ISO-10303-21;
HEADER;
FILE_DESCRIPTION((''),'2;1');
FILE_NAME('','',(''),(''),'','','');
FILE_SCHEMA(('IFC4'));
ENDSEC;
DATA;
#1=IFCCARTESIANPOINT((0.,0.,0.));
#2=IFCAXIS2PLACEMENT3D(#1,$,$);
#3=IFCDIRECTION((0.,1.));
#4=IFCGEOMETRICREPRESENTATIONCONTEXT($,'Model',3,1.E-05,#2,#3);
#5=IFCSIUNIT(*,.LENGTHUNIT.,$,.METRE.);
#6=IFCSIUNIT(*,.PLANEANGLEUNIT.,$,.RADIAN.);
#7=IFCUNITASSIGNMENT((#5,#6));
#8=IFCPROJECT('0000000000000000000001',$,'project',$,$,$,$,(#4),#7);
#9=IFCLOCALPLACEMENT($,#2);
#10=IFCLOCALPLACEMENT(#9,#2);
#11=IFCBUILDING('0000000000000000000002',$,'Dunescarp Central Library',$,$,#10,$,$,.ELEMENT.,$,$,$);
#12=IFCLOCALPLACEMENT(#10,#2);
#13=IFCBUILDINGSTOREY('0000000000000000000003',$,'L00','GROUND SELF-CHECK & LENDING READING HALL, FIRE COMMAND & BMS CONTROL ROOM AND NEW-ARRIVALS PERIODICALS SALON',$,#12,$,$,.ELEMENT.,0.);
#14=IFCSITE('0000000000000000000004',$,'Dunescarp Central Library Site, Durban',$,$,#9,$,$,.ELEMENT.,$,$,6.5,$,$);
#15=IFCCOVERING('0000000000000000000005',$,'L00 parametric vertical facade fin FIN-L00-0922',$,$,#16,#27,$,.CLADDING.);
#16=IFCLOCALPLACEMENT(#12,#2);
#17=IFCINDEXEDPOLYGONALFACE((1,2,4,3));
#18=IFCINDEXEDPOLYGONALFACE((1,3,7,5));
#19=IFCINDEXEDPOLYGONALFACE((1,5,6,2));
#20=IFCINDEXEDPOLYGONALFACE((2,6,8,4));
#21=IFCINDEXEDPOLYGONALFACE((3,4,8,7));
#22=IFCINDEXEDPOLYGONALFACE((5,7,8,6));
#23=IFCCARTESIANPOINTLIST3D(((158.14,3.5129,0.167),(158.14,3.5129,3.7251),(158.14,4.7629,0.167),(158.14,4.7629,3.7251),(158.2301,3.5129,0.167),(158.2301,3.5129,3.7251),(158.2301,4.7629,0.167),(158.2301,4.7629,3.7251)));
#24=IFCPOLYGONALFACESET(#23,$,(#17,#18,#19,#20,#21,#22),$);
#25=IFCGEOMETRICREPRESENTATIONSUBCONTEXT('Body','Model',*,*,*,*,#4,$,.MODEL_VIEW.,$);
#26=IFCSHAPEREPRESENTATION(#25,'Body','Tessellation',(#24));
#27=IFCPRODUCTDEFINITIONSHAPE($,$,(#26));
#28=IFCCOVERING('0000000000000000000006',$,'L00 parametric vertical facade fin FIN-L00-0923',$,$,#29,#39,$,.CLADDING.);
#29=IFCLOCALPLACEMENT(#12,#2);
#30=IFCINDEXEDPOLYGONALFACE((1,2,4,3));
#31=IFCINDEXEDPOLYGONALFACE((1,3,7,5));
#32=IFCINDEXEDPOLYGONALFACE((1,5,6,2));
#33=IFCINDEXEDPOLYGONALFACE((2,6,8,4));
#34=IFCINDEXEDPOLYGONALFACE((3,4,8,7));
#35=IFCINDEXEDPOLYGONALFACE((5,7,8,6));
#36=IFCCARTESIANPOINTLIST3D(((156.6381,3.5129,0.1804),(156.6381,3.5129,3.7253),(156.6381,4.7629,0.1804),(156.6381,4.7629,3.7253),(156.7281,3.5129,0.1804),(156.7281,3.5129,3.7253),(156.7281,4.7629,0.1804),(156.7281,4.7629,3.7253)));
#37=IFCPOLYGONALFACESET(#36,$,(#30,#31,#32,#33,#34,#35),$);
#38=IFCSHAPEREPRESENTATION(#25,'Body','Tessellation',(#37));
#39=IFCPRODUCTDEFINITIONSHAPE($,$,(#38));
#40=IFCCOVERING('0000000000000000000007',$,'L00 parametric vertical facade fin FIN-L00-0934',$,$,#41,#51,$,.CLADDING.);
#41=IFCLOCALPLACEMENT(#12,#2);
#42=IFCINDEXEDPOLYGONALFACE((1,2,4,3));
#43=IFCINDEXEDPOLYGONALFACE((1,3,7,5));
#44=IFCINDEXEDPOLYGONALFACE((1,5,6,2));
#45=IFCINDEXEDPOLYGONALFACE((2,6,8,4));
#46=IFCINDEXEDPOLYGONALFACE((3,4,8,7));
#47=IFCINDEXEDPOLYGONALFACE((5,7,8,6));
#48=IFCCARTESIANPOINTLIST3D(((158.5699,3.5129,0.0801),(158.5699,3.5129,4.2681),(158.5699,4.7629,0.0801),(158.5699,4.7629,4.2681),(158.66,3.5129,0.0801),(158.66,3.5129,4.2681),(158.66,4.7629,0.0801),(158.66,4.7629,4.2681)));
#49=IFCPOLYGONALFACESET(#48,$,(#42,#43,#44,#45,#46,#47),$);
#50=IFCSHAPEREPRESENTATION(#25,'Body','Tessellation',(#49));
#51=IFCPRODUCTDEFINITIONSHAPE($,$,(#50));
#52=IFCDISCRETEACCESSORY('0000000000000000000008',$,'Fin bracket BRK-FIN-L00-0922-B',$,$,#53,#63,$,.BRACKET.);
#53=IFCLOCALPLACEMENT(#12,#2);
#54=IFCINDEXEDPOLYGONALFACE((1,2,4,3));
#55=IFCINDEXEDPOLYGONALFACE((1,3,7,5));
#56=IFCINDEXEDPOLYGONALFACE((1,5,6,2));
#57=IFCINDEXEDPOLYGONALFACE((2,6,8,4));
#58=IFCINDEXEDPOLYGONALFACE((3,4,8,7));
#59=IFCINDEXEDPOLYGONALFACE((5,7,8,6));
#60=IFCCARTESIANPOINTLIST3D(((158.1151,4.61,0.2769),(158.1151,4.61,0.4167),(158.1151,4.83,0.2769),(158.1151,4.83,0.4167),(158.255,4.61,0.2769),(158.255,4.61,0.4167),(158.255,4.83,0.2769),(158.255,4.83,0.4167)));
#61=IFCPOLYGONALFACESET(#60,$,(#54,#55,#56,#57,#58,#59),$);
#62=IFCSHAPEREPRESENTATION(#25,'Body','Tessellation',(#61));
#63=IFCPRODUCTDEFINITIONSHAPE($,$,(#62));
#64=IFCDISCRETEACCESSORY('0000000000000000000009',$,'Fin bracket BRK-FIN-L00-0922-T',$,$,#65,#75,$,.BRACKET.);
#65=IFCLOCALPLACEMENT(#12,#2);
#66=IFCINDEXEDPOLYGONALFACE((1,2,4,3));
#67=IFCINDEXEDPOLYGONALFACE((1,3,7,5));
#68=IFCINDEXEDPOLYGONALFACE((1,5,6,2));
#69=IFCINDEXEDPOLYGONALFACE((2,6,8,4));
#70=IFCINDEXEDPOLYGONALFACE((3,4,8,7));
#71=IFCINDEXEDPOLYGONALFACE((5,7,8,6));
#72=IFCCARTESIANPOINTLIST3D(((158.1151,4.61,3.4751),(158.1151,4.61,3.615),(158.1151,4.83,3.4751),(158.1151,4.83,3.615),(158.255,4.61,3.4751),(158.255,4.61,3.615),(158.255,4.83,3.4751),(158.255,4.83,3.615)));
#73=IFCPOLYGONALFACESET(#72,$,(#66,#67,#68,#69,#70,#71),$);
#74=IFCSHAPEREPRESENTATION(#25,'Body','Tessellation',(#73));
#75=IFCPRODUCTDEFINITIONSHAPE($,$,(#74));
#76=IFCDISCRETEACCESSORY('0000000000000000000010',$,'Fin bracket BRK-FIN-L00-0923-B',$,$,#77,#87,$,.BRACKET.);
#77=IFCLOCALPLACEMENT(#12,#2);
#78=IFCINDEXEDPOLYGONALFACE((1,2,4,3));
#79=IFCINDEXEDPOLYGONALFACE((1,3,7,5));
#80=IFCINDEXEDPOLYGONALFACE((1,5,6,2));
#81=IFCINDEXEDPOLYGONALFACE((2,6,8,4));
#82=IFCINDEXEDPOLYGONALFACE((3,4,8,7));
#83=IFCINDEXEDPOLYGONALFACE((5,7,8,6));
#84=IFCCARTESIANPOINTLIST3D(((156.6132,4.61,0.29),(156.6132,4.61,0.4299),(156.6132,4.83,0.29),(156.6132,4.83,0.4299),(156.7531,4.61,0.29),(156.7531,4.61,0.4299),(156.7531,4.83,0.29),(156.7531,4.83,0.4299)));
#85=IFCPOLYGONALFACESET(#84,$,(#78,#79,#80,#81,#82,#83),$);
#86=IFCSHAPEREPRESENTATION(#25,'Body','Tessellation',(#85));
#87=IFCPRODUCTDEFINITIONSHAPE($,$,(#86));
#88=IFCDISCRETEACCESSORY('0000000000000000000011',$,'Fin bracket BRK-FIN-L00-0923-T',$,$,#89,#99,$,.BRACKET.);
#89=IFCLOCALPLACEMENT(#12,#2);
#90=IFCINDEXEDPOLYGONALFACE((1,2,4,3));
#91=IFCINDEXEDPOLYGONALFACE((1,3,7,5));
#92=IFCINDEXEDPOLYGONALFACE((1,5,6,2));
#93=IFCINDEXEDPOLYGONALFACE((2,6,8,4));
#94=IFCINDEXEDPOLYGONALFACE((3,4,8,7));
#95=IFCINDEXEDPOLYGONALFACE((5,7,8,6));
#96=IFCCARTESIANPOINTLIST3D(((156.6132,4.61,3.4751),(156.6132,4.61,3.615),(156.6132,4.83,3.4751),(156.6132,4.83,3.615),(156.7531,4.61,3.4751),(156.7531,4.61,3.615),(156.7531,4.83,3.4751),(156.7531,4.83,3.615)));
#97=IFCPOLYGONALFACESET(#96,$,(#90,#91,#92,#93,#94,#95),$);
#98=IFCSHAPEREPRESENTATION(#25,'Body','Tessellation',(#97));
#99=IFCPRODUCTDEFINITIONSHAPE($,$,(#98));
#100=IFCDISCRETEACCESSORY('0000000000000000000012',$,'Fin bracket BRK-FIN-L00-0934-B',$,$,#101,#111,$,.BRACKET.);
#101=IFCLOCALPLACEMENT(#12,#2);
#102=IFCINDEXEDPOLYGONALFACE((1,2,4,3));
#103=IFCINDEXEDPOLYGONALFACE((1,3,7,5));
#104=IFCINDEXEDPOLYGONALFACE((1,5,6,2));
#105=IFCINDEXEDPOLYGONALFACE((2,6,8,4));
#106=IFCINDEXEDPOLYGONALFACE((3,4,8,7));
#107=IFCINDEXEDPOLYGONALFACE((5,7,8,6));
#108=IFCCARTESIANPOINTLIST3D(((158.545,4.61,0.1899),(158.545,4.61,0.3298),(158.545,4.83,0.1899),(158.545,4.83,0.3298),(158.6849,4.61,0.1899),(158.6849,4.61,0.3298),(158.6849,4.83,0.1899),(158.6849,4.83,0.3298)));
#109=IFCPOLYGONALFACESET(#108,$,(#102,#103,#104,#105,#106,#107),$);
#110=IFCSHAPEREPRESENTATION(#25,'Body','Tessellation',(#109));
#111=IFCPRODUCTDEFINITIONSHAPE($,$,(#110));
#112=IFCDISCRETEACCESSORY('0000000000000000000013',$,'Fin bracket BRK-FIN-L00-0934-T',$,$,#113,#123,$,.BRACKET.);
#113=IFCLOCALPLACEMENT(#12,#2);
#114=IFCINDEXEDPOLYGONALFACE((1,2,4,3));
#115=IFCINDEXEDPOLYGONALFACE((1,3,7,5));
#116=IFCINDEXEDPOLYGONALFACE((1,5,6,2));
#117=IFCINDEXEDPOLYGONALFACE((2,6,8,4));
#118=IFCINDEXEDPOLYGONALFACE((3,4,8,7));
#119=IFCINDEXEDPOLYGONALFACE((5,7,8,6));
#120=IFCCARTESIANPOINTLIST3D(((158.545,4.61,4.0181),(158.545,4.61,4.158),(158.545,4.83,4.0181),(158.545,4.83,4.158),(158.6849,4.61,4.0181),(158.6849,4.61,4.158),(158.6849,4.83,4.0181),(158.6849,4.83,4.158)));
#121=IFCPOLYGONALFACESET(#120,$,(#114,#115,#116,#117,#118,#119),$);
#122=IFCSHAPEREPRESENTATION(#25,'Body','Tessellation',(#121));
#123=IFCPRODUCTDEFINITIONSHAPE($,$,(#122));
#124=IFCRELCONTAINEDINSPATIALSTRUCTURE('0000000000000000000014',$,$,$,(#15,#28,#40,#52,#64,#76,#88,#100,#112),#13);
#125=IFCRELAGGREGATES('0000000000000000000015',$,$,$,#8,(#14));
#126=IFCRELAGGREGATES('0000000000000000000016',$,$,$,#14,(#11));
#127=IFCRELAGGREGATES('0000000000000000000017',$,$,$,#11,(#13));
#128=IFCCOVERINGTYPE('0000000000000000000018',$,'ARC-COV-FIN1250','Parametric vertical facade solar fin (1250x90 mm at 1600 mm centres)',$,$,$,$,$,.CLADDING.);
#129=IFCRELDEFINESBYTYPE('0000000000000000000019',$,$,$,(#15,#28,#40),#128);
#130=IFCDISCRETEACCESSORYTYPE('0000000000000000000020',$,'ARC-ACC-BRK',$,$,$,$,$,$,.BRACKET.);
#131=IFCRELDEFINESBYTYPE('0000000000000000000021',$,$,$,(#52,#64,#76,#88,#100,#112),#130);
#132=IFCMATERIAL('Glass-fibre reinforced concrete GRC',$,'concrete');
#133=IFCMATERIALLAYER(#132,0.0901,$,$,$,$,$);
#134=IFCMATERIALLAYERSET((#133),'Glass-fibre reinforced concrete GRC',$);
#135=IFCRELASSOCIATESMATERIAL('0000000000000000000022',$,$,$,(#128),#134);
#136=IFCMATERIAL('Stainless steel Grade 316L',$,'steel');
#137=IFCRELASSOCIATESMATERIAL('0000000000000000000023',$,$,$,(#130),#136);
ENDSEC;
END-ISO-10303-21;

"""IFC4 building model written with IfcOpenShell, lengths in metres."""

from ifc_helpers import new_model, si_unit, direction, frame, origin, origin_2d, place, context, subcontext, project, spatial, rectangle, extrude, material, layer, layer_set, type_object, element, save


model = new_model("IFC4")

# Units and contexts
model_context = context("Model", 3, precision=1e-05, world=origin(), true_north=direction((0.0, 1.0)))
body_context = subcontext(model_context, "Body", "Model", "MODEL_VIEW")
ifc_project = project(units=[si_unit("LENGTHUNIT", "METRE"), si_unit("PLANEANGLEUNIT", "RADIAN")], contexts=[model_context])

# Site, building, storey
site_placement = place(None, origin())
site = spatial("IfcSite", under=ifc_project, at=site_placement, Name="Dunescarp Central Library Site, Durban", CompositionType="ELEMENT", RefElevation=6.5)
building_placement = place(site_placement, origin())
building = spatial("IfcBuilding", under=site, at=building_placement, Name="Dunescarp Central Library", CompositionType="ELEMENT")
storey_placement = place(building_placement, origin())
storey = spatial("IfcBuildingStorey", under=building, at=storey_placement, Name="L00", Description="GROUND SELF-CHECK & LENDING READING HALL, FIRE COMMAND & BMS CONTROL ROOM AND NEW-ARRIVALS PERIODICALS SALON", CompositionType="ELEMENT", Elevation=0.0)

# Coverings
ifc_material_1 = material(Name="Glass-fibre reinforced concrete GRC", Category="concrete")
ifc_layer_1 = layer(ifc_material_1, 0.0901)
ifc_layer_set_1 = layer_set([ifc_layer_1], Name="Glass-fibre reinforced concrete GRC")
covering_type = type_object("IfcCoveringType", Name="ARC-COV-FIN1250", Description="Parametric vertical facade solar fin (1250x90 mm at 1600 mm centres)", PredefinedType="CLADDING", material=ifc_layer_set_1)
covering_1_placement = place(storey_placement, frame((158.1851, 4.1379, 0.167), z_axis=(0.0, 0.0, 1.0), x_axis=(0.0, -1.0, 0.0)))
element("IfcCovering", 1, at=covering_1_placement, inside=storey, type_object=covering_type, Name="L00 parametric vertical facade fin FIN-L00-0922", PredefinedType="CLADDING", context=body_context, shape_type="SweptSolid", body=[
    extrude(rectangle(XDim=1.25, YDim=0.0901, at=origin_2d()), origin(), (0.0, 0.0, 1.0), 3.5581),
])
covering_2_placement = place(storey_placement, frame((156.6831, 4.1379, 0.1804), z_axis=(0.0, 0.0, 1.0), x_axis=(0.0, -1.0, 0.0)))
element("IfcCovering", 2, at=covering_2_placement, inside=storey, type_object=covering_type, Name="L00 parametric vertical facade fin FIN-L00-0923", PredefinedType="CLADDING", context=body_context, shape_type="SweptSolid", body=[
    extrude(rectangle(XDim=1.25, YDim=0.0901, at=origin_2d()), origin(), (0.0, 0.0, 1.0), 3.5449),
])
covering_3_placement = place(storey_placement, frame((158.615, 4.1379, 0.0801), z_axis=(0.0, 0.0, 1.0), x_axis=(0.0, -1.0, 0.0)))
element("IfcCovering", 3, at=covering_3_placement, inside=storey, type_object=covering_type, Name="L00 parametric vertical facade fin FIN-L00-0934", PredefinedType="CLADDING", context=body_context, shape_type="SweptSolid", body=[
    extrude(rectangle(XDim=1.25, YDim=0.0901, at=origin_2d()), origin(), (0.0, 0.0, 1.0), 4.188),
])

# Discrete accessories
ifc_material_2 = material(Name="Stainless steel Grade 316L", Category="steel")
discrete_accessory_type = type_object("IfcDiscreteAccessoryType", Name="ARC-ACC-BRK", PredefinedType="BRACKET", material=ifc_material_2)
for number, where, z_axis, x_axis, name in (
    (4, (158.1851, 4.72, 0.2769), (0.0, 0.0, 1.0), (0.0, -1.0, 0.0), "Fin bracket BRK-FIN-L00-0922-B"),
    (5, (158.1851, 4.72, 3.4751), (0.0, 0.0, 1.0), (0.0, -1.0, 0.0), "Fin bracket BRK-FIN-L00-0922-T"),
    (6, (156.6831, 4.72, 0.29), (0.0, 0.0, 1.0), (0.0, -1.0, 0.0), "Fin bracket BRK-FIN-L00-0923-B"),
    (7, (156.6831, 4.72, 3.4751), (0.0, 0.0, 1.0), (0.0, -1.0, 0.0), "Fin bracket BRK-FIN-L00-0923-T"),
    (8, (158.615, 4.72, 0.1899), (0.0, 0.0, 1.0), (0.0, -1.0, 0.0), "Fin bracket BRK-FIN-L00-0934-B"),
    (9, (158.615, 4.72, 4.0181), (0.0, 0.0, 1.0), (0.0, -1.0, 0.0), "Fin bracket BRK-FIN-L00-0934-T"),
):
    element("IfcDiscreteAccessory", number, at=place(storey_placement, frame(where, z_axis=z_axis, x_axis=x_axis)), inside=storey, type_object=discrete_accessory_type, Name=name, PredefinedType="BRACKET", context=body_context, shape_type="SweptSolid", body=[
        extrude(rectangle(XDim=0.22, YDim=0.1399, at=origin_2d()), origin(), (0.0, 0.0, 1.0), 0.1399),
    ])

save(model, "model.ifc")
